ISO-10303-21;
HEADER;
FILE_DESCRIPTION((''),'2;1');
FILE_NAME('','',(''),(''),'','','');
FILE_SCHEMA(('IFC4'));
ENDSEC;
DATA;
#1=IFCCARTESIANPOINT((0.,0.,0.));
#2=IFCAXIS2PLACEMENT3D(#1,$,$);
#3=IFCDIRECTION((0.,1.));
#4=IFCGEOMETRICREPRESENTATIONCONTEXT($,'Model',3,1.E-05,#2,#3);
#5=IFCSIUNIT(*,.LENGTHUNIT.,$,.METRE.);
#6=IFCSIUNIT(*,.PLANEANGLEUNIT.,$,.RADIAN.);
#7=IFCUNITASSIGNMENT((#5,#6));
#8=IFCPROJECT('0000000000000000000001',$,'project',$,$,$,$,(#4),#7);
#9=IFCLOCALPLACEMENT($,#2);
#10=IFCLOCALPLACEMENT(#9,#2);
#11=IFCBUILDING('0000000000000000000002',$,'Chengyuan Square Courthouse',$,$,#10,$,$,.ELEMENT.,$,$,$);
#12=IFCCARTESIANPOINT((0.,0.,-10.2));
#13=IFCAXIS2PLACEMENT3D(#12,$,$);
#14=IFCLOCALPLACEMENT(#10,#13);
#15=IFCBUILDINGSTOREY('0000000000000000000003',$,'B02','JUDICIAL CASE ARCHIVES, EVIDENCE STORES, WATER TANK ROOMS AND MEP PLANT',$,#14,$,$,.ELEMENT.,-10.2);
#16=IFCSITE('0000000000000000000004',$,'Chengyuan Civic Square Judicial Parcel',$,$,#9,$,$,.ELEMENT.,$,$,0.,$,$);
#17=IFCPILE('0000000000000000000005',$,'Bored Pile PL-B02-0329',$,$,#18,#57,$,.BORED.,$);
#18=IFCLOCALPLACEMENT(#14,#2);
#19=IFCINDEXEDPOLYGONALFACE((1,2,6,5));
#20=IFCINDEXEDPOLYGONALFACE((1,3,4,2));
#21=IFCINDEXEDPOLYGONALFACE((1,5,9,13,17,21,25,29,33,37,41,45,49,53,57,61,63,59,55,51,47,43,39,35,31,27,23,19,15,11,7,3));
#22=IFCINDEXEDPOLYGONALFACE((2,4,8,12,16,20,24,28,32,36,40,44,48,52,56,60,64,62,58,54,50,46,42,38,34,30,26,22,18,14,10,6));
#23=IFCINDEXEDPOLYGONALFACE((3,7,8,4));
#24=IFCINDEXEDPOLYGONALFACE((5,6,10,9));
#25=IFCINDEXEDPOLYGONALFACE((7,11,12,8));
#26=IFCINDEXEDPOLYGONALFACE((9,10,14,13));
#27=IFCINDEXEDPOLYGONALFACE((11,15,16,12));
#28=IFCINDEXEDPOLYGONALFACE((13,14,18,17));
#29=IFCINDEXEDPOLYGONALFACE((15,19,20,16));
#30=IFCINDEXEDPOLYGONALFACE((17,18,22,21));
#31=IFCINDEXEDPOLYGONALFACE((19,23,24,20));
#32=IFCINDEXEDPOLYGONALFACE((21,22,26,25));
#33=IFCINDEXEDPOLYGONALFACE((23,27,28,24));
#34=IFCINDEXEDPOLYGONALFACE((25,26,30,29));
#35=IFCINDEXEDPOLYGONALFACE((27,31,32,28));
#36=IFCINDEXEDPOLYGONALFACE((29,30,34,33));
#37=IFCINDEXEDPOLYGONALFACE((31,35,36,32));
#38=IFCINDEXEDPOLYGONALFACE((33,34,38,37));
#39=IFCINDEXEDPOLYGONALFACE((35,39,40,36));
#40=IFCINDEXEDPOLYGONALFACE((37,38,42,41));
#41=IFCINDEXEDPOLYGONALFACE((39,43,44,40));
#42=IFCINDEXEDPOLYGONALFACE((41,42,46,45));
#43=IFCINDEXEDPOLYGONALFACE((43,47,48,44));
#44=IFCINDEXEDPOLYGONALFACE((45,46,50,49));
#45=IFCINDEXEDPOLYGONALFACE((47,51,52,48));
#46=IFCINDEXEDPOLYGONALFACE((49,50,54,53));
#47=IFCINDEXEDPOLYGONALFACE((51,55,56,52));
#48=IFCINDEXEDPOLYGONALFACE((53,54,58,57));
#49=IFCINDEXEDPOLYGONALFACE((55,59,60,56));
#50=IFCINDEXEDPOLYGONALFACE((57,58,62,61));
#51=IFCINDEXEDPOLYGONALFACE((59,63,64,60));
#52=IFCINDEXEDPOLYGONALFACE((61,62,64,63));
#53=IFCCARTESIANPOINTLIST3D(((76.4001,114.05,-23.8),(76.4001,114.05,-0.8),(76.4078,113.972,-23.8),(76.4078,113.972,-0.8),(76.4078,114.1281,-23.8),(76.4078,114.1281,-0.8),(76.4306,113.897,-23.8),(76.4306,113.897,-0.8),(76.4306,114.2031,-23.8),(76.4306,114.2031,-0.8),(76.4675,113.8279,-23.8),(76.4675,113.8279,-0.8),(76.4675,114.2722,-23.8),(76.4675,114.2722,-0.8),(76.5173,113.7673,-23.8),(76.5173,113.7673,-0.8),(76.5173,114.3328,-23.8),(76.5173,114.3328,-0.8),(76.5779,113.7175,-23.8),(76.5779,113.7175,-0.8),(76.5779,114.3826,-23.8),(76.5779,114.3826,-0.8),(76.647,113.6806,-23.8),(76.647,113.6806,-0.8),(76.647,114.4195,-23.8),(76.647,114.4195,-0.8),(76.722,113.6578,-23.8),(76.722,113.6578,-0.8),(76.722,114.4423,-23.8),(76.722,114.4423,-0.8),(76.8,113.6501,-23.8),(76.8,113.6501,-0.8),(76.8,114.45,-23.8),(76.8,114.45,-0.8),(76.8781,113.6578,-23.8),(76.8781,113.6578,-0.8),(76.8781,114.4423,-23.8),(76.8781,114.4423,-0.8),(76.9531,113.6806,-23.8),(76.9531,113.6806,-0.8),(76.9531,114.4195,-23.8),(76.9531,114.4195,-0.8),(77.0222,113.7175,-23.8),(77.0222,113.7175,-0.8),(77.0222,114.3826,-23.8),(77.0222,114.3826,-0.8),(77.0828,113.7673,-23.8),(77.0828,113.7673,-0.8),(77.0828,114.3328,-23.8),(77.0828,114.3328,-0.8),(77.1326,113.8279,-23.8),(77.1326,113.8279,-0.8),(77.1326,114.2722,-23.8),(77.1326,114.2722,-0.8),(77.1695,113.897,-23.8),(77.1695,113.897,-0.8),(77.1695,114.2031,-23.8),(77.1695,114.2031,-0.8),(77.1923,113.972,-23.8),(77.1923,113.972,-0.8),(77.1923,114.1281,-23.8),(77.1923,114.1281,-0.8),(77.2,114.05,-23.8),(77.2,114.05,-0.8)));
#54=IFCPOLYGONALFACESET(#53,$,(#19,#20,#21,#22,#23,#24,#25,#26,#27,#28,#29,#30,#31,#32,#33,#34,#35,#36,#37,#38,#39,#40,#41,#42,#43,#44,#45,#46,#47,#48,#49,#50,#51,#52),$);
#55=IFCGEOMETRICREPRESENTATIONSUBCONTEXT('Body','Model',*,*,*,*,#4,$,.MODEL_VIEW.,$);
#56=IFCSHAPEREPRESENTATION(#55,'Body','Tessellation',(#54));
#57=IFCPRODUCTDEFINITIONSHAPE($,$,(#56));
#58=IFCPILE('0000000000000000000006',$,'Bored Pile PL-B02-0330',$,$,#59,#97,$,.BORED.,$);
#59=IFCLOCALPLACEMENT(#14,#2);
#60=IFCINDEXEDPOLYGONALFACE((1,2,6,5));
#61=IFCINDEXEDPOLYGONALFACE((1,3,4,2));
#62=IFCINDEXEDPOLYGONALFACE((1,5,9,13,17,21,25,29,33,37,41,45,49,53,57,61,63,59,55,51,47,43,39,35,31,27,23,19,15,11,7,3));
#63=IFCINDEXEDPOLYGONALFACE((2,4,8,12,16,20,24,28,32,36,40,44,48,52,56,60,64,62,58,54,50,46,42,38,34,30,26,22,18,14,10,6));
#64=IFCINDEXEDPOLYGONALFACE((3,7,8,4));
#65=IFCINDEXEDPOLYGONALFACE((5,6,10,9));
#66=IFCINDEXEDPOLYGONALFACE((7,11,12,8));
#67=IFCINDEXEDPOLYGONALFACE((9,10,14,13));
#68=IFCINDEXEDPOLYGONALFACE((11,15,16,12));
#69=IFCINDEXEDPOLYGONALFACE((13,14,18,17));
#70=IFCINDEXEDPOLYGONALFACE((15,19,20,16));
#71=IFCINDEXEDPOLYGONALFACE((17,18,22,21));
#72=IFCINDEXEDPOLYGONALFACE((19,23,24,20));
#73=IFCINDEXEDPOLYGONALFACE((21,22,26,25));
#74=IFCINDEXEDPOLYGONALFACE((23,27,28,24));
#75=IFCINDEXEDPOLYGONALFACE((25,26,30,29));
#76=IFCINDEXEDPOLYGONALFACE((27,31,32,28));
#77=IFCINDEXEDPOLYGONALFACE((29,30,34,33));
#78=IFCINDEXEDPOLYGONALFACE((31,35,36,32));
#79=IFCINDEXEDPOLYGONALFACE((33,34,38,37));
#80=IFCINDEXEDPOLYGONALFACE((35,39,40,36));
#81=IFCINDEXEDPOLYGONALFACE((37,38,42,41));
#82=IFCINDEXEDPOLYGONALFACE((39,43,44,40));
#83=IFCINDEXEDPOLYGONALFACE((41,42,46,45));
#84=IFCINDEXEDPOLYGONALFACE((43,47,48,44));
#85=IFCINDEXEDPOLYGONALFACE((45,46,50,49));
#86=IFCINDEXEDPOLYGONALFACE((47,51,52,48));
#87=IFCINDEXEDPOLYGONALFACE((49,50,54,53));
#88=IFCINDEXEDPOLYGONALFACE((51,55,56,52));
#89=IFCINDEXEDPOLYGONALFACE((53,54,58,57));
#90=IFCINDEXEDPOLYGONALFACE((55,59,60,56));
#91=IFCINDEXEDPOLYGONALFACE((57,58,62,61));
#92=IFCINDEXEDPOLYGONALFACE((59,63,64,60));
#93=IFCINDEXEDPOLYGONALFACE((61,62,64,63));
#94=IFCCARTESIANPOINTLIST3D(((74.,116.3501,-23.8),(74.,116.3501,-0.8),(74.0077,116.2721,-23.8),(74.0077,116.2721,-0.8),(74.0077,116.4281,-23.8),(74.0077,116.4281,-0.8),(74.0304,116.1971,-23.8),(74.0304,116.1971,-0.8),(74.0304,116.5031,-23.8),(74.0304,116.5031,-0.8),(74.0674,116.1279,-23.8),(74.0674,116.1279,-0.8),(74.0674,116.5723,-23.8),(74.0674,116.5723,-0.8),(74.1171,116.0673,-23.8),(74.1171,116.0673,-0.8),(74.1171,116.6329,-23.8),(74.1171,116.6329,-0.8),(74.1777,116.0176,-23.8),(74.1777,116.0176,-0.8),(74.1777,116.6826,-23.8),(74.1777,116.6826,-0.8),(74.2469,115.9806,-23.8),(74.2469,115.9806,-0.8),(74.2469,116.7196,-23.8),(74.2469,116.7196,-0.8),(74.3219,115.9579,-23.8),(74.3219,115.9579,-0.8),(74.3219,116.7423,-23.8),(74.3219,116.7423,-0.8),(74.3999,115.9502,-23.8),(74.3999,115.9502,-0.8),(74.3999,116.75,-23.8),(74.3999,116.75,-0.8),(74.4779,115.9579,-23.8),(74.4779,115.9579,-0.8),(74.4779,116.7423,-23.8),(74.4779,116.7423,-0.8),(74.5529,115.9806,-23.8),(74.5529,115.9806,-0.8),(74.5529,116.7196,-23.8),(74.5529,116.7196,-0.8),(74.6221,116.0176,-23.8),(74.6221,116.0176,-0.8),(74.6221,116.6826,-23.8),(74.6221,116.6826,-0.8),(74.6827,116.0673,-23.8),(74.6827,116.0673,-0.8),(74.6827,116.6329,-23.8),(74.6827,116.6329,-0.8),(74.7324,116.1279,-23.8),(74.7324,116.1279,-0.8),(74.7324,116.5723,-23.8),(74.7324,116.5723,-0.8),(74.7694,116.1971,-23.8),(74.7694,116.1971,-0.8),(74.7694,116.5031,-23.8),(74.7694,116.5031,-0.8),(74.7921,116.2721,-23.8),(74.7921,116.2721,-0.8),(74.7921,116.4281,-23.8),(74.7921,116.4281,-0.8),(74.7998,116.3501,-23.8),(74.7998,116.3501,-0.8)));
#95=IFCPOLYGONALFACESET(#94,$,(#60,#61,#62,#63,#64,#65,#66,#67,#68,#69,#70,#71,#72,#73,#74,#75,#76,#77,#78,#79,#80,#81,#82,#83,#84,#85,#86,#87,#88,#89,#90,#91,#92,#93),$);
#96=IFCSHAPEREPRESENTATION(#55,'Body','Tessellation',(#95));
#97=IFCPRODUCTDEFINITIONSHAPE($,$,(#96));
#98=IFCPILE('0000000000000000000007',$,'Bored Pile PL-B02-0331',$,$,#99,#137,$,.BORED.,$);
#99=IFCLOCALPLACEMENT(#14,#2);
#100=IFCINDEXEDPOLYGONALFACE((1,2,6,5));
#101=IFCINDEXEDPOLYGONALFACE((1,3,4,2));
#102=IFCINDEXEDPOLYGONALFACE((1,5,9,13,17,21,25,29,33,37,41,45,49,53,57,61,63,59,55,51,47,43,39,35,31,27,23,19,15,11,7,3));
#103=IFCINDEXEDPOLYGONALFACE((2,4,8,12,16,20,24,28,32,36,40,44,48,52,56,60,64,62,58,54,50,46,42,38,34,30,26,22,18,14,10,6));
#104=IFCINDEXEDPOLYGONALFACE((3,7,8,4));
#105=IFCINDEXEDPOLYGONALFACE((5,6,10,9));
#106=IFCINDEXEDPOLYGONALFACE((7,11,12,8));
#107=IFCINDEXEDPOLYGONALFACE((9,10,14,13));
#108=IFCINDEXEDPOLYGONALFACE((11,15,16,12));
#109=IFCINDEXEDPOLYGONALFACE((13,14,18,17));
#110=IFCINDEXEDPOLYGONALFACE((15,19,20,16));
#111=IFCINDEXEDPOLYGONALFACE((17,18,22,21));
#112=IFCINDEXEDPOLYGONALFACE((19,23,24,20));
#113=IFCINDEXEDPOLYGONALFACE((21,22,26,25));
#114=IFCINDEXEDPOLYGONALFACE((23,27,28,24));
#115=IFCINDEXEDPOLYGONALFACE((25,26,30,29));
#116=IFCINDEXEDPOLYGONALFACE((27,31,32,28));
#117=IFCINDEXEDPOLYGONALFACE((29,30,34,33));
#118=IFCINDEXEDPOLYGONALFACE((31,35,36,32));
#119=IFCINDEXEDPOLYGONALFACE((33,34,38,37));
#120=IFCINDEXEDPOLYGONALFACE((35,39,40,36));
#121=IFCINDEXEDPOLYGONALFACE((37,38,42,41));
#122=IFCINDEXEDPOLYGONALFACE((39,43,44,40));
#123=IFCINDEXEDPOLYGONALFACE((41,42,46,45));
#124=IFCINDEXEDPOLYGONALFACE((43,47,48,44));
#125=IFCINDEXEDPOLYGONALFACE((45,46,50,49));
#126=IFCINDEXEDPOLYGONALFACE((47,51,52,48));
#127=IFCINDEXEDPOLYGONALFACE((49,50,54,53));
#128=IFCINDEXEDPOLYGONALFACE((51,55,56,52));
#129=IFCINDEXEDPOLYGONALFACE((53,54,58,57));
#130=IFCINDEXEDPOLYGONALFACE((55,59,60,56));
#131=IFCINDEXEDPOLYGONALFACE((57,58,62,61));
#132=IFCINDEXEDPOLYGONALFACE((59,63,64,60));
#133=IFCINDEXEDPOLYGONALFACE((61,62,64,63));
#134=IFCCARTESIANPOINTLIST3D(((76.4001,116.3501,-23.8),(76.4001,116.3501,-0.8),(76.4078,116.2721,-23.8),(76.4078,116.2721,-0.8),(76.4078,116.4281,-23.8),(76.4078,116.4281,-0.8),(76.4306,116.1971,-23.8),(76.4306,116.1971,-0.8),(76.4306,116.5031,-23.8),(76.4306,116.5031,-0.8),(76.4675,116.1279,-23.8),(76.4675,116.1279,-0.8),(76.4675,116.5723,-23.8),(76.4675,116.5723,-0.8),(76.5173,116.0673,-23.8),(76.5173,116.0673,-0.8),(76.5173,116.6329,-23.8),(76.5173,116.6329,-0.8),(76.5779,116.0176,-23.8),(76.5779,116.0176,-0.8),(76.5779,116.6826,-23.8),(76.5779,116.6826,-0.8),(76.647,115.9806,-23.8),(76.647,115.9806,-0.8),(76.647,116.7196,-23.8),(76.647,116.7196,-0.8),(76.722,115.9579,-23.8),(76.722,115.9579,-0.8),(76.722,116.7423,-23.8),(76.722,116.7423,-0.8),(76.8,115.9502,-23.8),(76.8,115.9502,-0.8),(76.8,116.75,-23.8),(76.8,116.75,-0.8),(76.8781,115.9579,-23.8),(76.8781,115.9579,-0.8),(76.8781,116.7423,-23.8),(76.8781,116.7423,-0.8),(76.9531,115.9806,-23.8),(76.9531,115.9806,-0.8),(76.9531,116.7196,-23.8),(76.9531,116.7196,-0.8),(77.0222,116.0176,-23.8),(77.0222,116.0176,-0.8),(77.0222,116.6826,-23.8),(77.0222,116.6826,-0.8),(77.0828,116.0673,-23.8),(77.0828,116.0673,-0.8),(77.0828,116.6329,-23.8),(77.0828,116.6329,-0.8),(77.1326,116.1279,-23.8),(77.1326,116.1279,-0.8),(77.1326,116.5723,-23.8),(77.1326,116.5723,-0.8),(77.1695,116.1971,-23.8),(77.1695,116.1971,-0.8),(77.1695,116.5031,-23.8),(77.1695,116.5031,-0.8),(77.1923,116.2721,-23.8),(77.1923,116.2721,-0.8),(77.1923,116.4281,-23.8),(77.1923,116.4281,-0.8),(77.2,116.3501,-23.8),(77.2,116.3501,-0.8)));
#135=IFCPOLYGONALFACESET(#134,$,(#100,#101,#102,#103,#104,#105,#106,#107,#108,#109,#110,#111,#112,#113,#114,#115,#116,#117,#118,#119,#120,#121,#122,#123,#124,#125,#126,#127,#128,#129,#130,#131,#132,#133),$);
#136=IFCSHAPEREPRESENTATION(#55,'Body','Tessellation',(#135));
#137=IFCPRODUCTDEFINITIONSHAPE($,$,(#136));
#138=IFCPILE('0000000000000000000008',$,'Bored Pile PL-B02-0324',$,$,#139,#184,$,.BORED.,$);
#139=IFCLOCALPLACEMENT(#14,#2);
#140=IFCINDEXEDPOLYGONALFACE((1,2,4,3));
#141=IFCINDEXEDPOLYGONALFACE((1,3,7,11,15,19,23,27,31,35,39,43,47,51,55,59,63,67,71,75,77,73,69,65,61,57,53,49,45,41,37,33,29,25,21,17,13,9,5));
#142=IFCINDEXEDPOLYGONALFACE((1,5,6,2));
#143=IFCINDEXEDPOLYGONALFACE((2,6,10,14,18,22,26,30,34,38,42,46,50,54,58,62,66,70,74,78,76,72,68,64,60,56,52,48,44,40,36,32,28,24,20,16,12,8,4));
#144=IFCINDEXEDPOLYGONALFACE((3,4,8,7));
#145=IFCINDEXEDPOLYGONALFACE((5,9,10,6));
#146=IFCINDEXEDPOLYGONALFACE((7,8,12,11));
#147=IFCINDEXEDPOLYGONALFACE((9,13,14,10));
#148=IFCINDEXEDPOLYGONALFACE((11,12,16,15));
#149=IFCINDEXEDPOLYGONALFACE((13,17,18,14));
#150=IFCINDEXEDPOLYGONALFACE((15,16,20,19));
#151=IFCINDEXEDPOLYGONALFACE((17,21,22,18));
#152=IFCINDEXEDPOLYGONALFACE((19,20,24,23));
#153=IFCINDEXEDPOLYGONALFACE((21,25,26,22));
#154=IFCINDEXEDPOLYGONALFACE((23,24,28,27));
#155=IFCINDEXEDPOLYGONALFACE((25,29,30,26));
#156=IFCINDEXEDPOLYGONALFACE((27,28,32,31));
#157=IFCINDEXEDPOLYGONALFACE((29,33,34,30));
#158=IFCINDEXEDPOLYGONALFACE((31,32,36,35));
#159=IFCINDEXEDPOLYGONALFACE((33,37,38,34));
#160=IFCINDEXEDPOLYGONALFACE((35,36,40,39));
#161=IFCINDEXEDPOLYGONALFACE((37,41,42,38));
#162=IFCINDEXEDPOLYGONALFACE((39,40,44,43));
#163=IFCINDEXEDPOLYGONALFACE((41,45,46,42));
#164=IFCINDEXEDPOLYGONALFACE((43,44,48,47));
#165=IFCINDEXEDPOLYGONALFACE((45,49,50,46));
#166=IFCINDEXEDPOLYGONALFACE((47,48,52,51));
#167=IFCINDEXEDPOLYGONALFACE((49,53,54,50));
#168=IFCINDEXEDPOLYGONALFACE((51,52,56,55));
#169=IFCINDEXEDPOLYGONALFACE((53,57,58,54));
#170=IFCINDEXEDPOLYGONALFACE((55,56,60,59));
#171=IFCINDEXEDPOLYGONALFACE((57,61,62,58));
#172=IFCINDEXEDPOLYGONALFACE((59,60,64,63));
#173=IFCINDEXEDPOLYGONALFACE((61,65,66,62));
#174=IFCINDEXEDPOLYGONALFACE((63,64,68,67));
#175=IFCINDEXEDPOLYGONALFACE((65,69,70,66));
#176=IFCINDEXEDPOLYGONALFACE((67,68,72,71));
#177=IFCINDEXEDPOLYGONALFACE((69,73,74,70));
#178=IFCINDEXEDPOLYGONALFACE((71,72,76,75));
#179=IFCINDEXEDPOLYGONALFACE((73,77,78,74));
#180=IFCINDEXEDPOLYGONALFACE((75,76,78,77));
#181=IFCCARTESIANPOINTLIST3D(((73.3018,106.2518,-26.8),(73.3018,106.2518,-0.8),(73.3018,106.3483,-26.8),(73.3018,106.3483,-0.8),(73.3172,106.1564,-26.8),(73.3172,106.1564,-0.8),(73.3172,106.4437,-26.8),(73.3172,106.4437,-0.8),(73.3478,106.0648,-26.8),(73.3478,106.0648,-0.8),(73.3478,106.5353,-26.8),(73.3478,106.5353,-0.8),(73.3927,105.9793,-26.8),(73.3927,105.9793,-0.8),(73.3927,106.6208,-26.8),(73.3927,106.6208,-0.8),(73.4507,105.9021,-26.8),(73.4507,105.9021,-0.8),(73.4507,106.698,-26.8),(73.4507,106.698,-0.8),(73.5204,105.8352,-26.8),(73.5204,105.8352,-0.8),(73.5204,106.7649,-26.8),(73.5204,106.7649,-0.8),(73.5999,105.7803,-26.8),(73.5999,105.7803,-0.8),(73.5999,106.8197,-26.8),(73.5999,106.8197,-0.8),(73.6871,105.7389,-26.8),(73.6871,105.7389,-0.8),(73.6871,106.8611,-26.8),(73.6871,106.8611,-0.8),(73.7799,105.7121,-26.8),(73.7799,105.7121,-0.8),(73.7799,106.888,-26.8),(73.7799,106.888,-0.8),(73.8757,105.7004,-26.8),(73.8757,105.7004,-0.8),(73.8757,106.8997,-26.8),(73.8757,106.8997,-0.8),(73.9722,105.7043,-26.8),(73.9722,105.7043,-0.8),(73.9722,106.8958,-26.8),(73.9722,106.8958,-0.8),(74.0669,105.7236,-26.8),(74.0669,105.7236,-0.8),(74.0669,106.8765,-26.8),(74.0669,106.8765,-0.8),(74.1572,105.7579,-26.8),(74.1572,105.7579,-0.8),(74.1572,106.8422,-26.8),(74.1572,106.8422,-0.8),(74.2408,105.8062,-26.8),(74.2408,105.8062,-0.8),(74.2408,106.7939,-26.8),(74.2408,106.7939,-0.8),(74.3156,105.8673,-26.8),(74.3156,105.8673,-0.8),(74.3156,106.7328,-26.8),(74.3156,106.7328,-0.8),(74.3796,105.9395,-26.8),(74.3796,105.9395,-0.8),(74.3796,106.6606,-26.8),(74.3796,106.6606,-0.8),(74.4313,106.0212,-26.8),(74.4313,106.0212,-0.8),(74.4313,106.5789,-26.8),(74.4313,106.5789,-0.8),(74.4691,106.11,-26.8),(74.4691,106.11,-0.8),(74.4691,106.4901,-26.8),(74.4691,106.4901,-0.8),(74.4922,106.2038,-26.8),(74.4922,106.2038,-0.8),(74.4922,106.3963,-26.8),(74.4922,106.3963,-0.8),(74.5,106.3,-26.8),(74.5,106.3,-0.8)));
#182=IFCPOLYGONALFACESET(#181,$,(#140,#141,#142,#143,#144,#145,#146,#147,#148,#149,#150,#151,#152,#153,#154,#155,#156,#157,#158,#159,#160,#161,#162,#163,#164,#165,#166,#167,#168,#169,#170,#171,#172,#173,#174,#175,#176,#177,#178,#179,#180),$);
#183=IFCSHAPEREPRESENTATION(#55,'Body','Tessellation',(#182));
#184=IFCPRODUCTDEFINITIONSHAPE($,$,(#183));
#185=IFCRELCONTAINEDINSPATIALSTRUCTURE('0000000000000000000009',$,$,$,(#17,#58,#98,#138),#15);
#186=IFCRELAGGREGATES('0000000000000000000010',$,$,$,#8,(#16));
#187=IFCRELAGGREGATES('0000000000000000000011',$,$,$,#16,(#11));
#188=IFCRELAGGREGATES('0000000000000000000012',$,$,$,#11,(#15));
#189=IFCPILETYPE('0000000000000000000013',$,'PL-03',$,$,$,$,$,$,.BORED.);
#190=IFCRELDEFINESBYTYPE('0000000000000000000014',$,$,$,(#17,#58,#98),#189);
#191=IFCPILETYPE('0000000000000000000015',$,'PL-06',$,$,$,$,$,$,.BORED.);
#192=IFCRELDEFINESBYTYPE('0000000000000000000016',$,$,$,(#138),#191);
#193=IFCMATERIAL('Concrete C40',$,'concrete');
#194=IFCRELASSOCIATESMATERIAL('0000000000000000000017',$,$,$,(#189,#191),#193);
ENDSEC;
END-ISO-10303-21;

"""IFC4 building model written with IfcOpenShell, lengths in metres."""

from ifc_helpers import new_model, si_unit, direction, frame, origin, origin_2d, place, context, subcontext, project, spatial, circle, extrude, material, material_profile, profile_set, type_object, element, save


model = new_model("IFC4")

# Units and contexts
model_context = context("Model", 3, precision=1e-05, world=origin(), true_north=direction((0.0, 1.0)))
body_context = subcontext(model_context, "Body", "Model", "MODEL_VIEW")
ifc_project = project(units=[si_unit("LENGTHUNIT", "METRE"), si_unit("PLANEANGLEUNIT", "RADIAN")], contexts=[model_context])

# Site, building, storey
site_placement = place(None, origin())
site = spatial("IfcSite", under=ifc_project, at=site_placement, Name="Chengyuan Civic Square Judicial Parcel", CompositionType="ELEMENT", RefElevation=0.0)
building_placement = place(site_placement, origin())
building = spatial("IfcBuilding", under=site, at=building_placement, Name="Chengyuan Square Courthouse", CompositionType="ELEMENT")
storey_placement = place(building_placement, frame((0.0, 0.0, -10.2)))
storey = spatial("IfcBuildingStorey", under=building, at=storey_placement, Name="B02", Description="JUDICIAL CASE ARCHIVES, EVIDENCE STORES, WATER TANK ROOMS AND MEP PLANT", CompositionType="ELEMENT", Elevation=-10.2)

# Shared definitions
ifc_material_1 = material(Name="Concrete C40", Category="concrete")

# Piles
ifc_material_profile_1 = material_profile(ifc_material_1, circle(Radius=0.3999, at=origin_2d()), Name="BORED PILE D800")
ifc_profile_set_1 = profile_set([ifc_material_profile_1], Name="Concrete C40")
pile_type_1 = type_object("IfcPileType", Name="PL-03", PredefinedType="BORED", material=ifc_profile_set_1)
for number, where, z_axis, x_axis, name in (
    (1, (76.8, 114.05, -0.8), (0.0, 0.0, -1.0), (1.0, 0.0, 0.0), "Bored Pile PL-B02-0329"),
    (2, (74.3999, 116.3501, -0.8), (0.0, 0.0, -1.0), (1.0, 0.0, 0.0), "Bored Pile PL-B02-0330"),
    (3, (76.8, 116.3501, -0.8), (0.0, 0.0, -1.0), (1.0, 0.0, 0.0), "Bored Pile PL-B02-0331"),
):
    element("IfcPile", number, at=place(storey_placement, frame(where, z_axis=z_axis, x_axis=x_axis)), inside=storey, type_object=pile_type_1, Name=name, PredefinedType="BORED", context=body_context, shape_type="SweptSolid", body=[
        extrude(circle(Radius=0.3999, at=origin_2d()), origin(), (0.0, 0.0, 1.0), 23.0),
    ])
ifc_material_profile_2 = material_profile(ifc_material_1, circle(Radius=0.6001, at=origin_2d()), Name="BORED PILE D1200")
ifc_profile_set_2 = profile_set([ifc_material_profile_2], Name="Concrete C40")
pile_type_2 = type_object("IfcPileType", Name="PL-06", PredefinedType="BORED", material=ifc_profile_set_2)
for number, where, z_axis, x_axis, name in (
    (4, (73.8999, 106.3, -0.8), (0.0, 0.0, -1.0), (1.0, 0.0, 0.0), "Bored Pile PL-B02-0324"),
):
    element("IfcPile", number, at=place(storey_placement, frame(where, z_axis=z_axis, x_axis=x_axis)), inside=storey, type_object=pile_type_2, Name=name, PredefinedType="BORED", context=body_context, shape_type="SweptSolid", body=[
        extrude(circle(Radius=0.6001, at=origin_2d()), origin(), (0.0, 0.0, 1.0), 26.0),
    ])

save(model, "model.ifc")
